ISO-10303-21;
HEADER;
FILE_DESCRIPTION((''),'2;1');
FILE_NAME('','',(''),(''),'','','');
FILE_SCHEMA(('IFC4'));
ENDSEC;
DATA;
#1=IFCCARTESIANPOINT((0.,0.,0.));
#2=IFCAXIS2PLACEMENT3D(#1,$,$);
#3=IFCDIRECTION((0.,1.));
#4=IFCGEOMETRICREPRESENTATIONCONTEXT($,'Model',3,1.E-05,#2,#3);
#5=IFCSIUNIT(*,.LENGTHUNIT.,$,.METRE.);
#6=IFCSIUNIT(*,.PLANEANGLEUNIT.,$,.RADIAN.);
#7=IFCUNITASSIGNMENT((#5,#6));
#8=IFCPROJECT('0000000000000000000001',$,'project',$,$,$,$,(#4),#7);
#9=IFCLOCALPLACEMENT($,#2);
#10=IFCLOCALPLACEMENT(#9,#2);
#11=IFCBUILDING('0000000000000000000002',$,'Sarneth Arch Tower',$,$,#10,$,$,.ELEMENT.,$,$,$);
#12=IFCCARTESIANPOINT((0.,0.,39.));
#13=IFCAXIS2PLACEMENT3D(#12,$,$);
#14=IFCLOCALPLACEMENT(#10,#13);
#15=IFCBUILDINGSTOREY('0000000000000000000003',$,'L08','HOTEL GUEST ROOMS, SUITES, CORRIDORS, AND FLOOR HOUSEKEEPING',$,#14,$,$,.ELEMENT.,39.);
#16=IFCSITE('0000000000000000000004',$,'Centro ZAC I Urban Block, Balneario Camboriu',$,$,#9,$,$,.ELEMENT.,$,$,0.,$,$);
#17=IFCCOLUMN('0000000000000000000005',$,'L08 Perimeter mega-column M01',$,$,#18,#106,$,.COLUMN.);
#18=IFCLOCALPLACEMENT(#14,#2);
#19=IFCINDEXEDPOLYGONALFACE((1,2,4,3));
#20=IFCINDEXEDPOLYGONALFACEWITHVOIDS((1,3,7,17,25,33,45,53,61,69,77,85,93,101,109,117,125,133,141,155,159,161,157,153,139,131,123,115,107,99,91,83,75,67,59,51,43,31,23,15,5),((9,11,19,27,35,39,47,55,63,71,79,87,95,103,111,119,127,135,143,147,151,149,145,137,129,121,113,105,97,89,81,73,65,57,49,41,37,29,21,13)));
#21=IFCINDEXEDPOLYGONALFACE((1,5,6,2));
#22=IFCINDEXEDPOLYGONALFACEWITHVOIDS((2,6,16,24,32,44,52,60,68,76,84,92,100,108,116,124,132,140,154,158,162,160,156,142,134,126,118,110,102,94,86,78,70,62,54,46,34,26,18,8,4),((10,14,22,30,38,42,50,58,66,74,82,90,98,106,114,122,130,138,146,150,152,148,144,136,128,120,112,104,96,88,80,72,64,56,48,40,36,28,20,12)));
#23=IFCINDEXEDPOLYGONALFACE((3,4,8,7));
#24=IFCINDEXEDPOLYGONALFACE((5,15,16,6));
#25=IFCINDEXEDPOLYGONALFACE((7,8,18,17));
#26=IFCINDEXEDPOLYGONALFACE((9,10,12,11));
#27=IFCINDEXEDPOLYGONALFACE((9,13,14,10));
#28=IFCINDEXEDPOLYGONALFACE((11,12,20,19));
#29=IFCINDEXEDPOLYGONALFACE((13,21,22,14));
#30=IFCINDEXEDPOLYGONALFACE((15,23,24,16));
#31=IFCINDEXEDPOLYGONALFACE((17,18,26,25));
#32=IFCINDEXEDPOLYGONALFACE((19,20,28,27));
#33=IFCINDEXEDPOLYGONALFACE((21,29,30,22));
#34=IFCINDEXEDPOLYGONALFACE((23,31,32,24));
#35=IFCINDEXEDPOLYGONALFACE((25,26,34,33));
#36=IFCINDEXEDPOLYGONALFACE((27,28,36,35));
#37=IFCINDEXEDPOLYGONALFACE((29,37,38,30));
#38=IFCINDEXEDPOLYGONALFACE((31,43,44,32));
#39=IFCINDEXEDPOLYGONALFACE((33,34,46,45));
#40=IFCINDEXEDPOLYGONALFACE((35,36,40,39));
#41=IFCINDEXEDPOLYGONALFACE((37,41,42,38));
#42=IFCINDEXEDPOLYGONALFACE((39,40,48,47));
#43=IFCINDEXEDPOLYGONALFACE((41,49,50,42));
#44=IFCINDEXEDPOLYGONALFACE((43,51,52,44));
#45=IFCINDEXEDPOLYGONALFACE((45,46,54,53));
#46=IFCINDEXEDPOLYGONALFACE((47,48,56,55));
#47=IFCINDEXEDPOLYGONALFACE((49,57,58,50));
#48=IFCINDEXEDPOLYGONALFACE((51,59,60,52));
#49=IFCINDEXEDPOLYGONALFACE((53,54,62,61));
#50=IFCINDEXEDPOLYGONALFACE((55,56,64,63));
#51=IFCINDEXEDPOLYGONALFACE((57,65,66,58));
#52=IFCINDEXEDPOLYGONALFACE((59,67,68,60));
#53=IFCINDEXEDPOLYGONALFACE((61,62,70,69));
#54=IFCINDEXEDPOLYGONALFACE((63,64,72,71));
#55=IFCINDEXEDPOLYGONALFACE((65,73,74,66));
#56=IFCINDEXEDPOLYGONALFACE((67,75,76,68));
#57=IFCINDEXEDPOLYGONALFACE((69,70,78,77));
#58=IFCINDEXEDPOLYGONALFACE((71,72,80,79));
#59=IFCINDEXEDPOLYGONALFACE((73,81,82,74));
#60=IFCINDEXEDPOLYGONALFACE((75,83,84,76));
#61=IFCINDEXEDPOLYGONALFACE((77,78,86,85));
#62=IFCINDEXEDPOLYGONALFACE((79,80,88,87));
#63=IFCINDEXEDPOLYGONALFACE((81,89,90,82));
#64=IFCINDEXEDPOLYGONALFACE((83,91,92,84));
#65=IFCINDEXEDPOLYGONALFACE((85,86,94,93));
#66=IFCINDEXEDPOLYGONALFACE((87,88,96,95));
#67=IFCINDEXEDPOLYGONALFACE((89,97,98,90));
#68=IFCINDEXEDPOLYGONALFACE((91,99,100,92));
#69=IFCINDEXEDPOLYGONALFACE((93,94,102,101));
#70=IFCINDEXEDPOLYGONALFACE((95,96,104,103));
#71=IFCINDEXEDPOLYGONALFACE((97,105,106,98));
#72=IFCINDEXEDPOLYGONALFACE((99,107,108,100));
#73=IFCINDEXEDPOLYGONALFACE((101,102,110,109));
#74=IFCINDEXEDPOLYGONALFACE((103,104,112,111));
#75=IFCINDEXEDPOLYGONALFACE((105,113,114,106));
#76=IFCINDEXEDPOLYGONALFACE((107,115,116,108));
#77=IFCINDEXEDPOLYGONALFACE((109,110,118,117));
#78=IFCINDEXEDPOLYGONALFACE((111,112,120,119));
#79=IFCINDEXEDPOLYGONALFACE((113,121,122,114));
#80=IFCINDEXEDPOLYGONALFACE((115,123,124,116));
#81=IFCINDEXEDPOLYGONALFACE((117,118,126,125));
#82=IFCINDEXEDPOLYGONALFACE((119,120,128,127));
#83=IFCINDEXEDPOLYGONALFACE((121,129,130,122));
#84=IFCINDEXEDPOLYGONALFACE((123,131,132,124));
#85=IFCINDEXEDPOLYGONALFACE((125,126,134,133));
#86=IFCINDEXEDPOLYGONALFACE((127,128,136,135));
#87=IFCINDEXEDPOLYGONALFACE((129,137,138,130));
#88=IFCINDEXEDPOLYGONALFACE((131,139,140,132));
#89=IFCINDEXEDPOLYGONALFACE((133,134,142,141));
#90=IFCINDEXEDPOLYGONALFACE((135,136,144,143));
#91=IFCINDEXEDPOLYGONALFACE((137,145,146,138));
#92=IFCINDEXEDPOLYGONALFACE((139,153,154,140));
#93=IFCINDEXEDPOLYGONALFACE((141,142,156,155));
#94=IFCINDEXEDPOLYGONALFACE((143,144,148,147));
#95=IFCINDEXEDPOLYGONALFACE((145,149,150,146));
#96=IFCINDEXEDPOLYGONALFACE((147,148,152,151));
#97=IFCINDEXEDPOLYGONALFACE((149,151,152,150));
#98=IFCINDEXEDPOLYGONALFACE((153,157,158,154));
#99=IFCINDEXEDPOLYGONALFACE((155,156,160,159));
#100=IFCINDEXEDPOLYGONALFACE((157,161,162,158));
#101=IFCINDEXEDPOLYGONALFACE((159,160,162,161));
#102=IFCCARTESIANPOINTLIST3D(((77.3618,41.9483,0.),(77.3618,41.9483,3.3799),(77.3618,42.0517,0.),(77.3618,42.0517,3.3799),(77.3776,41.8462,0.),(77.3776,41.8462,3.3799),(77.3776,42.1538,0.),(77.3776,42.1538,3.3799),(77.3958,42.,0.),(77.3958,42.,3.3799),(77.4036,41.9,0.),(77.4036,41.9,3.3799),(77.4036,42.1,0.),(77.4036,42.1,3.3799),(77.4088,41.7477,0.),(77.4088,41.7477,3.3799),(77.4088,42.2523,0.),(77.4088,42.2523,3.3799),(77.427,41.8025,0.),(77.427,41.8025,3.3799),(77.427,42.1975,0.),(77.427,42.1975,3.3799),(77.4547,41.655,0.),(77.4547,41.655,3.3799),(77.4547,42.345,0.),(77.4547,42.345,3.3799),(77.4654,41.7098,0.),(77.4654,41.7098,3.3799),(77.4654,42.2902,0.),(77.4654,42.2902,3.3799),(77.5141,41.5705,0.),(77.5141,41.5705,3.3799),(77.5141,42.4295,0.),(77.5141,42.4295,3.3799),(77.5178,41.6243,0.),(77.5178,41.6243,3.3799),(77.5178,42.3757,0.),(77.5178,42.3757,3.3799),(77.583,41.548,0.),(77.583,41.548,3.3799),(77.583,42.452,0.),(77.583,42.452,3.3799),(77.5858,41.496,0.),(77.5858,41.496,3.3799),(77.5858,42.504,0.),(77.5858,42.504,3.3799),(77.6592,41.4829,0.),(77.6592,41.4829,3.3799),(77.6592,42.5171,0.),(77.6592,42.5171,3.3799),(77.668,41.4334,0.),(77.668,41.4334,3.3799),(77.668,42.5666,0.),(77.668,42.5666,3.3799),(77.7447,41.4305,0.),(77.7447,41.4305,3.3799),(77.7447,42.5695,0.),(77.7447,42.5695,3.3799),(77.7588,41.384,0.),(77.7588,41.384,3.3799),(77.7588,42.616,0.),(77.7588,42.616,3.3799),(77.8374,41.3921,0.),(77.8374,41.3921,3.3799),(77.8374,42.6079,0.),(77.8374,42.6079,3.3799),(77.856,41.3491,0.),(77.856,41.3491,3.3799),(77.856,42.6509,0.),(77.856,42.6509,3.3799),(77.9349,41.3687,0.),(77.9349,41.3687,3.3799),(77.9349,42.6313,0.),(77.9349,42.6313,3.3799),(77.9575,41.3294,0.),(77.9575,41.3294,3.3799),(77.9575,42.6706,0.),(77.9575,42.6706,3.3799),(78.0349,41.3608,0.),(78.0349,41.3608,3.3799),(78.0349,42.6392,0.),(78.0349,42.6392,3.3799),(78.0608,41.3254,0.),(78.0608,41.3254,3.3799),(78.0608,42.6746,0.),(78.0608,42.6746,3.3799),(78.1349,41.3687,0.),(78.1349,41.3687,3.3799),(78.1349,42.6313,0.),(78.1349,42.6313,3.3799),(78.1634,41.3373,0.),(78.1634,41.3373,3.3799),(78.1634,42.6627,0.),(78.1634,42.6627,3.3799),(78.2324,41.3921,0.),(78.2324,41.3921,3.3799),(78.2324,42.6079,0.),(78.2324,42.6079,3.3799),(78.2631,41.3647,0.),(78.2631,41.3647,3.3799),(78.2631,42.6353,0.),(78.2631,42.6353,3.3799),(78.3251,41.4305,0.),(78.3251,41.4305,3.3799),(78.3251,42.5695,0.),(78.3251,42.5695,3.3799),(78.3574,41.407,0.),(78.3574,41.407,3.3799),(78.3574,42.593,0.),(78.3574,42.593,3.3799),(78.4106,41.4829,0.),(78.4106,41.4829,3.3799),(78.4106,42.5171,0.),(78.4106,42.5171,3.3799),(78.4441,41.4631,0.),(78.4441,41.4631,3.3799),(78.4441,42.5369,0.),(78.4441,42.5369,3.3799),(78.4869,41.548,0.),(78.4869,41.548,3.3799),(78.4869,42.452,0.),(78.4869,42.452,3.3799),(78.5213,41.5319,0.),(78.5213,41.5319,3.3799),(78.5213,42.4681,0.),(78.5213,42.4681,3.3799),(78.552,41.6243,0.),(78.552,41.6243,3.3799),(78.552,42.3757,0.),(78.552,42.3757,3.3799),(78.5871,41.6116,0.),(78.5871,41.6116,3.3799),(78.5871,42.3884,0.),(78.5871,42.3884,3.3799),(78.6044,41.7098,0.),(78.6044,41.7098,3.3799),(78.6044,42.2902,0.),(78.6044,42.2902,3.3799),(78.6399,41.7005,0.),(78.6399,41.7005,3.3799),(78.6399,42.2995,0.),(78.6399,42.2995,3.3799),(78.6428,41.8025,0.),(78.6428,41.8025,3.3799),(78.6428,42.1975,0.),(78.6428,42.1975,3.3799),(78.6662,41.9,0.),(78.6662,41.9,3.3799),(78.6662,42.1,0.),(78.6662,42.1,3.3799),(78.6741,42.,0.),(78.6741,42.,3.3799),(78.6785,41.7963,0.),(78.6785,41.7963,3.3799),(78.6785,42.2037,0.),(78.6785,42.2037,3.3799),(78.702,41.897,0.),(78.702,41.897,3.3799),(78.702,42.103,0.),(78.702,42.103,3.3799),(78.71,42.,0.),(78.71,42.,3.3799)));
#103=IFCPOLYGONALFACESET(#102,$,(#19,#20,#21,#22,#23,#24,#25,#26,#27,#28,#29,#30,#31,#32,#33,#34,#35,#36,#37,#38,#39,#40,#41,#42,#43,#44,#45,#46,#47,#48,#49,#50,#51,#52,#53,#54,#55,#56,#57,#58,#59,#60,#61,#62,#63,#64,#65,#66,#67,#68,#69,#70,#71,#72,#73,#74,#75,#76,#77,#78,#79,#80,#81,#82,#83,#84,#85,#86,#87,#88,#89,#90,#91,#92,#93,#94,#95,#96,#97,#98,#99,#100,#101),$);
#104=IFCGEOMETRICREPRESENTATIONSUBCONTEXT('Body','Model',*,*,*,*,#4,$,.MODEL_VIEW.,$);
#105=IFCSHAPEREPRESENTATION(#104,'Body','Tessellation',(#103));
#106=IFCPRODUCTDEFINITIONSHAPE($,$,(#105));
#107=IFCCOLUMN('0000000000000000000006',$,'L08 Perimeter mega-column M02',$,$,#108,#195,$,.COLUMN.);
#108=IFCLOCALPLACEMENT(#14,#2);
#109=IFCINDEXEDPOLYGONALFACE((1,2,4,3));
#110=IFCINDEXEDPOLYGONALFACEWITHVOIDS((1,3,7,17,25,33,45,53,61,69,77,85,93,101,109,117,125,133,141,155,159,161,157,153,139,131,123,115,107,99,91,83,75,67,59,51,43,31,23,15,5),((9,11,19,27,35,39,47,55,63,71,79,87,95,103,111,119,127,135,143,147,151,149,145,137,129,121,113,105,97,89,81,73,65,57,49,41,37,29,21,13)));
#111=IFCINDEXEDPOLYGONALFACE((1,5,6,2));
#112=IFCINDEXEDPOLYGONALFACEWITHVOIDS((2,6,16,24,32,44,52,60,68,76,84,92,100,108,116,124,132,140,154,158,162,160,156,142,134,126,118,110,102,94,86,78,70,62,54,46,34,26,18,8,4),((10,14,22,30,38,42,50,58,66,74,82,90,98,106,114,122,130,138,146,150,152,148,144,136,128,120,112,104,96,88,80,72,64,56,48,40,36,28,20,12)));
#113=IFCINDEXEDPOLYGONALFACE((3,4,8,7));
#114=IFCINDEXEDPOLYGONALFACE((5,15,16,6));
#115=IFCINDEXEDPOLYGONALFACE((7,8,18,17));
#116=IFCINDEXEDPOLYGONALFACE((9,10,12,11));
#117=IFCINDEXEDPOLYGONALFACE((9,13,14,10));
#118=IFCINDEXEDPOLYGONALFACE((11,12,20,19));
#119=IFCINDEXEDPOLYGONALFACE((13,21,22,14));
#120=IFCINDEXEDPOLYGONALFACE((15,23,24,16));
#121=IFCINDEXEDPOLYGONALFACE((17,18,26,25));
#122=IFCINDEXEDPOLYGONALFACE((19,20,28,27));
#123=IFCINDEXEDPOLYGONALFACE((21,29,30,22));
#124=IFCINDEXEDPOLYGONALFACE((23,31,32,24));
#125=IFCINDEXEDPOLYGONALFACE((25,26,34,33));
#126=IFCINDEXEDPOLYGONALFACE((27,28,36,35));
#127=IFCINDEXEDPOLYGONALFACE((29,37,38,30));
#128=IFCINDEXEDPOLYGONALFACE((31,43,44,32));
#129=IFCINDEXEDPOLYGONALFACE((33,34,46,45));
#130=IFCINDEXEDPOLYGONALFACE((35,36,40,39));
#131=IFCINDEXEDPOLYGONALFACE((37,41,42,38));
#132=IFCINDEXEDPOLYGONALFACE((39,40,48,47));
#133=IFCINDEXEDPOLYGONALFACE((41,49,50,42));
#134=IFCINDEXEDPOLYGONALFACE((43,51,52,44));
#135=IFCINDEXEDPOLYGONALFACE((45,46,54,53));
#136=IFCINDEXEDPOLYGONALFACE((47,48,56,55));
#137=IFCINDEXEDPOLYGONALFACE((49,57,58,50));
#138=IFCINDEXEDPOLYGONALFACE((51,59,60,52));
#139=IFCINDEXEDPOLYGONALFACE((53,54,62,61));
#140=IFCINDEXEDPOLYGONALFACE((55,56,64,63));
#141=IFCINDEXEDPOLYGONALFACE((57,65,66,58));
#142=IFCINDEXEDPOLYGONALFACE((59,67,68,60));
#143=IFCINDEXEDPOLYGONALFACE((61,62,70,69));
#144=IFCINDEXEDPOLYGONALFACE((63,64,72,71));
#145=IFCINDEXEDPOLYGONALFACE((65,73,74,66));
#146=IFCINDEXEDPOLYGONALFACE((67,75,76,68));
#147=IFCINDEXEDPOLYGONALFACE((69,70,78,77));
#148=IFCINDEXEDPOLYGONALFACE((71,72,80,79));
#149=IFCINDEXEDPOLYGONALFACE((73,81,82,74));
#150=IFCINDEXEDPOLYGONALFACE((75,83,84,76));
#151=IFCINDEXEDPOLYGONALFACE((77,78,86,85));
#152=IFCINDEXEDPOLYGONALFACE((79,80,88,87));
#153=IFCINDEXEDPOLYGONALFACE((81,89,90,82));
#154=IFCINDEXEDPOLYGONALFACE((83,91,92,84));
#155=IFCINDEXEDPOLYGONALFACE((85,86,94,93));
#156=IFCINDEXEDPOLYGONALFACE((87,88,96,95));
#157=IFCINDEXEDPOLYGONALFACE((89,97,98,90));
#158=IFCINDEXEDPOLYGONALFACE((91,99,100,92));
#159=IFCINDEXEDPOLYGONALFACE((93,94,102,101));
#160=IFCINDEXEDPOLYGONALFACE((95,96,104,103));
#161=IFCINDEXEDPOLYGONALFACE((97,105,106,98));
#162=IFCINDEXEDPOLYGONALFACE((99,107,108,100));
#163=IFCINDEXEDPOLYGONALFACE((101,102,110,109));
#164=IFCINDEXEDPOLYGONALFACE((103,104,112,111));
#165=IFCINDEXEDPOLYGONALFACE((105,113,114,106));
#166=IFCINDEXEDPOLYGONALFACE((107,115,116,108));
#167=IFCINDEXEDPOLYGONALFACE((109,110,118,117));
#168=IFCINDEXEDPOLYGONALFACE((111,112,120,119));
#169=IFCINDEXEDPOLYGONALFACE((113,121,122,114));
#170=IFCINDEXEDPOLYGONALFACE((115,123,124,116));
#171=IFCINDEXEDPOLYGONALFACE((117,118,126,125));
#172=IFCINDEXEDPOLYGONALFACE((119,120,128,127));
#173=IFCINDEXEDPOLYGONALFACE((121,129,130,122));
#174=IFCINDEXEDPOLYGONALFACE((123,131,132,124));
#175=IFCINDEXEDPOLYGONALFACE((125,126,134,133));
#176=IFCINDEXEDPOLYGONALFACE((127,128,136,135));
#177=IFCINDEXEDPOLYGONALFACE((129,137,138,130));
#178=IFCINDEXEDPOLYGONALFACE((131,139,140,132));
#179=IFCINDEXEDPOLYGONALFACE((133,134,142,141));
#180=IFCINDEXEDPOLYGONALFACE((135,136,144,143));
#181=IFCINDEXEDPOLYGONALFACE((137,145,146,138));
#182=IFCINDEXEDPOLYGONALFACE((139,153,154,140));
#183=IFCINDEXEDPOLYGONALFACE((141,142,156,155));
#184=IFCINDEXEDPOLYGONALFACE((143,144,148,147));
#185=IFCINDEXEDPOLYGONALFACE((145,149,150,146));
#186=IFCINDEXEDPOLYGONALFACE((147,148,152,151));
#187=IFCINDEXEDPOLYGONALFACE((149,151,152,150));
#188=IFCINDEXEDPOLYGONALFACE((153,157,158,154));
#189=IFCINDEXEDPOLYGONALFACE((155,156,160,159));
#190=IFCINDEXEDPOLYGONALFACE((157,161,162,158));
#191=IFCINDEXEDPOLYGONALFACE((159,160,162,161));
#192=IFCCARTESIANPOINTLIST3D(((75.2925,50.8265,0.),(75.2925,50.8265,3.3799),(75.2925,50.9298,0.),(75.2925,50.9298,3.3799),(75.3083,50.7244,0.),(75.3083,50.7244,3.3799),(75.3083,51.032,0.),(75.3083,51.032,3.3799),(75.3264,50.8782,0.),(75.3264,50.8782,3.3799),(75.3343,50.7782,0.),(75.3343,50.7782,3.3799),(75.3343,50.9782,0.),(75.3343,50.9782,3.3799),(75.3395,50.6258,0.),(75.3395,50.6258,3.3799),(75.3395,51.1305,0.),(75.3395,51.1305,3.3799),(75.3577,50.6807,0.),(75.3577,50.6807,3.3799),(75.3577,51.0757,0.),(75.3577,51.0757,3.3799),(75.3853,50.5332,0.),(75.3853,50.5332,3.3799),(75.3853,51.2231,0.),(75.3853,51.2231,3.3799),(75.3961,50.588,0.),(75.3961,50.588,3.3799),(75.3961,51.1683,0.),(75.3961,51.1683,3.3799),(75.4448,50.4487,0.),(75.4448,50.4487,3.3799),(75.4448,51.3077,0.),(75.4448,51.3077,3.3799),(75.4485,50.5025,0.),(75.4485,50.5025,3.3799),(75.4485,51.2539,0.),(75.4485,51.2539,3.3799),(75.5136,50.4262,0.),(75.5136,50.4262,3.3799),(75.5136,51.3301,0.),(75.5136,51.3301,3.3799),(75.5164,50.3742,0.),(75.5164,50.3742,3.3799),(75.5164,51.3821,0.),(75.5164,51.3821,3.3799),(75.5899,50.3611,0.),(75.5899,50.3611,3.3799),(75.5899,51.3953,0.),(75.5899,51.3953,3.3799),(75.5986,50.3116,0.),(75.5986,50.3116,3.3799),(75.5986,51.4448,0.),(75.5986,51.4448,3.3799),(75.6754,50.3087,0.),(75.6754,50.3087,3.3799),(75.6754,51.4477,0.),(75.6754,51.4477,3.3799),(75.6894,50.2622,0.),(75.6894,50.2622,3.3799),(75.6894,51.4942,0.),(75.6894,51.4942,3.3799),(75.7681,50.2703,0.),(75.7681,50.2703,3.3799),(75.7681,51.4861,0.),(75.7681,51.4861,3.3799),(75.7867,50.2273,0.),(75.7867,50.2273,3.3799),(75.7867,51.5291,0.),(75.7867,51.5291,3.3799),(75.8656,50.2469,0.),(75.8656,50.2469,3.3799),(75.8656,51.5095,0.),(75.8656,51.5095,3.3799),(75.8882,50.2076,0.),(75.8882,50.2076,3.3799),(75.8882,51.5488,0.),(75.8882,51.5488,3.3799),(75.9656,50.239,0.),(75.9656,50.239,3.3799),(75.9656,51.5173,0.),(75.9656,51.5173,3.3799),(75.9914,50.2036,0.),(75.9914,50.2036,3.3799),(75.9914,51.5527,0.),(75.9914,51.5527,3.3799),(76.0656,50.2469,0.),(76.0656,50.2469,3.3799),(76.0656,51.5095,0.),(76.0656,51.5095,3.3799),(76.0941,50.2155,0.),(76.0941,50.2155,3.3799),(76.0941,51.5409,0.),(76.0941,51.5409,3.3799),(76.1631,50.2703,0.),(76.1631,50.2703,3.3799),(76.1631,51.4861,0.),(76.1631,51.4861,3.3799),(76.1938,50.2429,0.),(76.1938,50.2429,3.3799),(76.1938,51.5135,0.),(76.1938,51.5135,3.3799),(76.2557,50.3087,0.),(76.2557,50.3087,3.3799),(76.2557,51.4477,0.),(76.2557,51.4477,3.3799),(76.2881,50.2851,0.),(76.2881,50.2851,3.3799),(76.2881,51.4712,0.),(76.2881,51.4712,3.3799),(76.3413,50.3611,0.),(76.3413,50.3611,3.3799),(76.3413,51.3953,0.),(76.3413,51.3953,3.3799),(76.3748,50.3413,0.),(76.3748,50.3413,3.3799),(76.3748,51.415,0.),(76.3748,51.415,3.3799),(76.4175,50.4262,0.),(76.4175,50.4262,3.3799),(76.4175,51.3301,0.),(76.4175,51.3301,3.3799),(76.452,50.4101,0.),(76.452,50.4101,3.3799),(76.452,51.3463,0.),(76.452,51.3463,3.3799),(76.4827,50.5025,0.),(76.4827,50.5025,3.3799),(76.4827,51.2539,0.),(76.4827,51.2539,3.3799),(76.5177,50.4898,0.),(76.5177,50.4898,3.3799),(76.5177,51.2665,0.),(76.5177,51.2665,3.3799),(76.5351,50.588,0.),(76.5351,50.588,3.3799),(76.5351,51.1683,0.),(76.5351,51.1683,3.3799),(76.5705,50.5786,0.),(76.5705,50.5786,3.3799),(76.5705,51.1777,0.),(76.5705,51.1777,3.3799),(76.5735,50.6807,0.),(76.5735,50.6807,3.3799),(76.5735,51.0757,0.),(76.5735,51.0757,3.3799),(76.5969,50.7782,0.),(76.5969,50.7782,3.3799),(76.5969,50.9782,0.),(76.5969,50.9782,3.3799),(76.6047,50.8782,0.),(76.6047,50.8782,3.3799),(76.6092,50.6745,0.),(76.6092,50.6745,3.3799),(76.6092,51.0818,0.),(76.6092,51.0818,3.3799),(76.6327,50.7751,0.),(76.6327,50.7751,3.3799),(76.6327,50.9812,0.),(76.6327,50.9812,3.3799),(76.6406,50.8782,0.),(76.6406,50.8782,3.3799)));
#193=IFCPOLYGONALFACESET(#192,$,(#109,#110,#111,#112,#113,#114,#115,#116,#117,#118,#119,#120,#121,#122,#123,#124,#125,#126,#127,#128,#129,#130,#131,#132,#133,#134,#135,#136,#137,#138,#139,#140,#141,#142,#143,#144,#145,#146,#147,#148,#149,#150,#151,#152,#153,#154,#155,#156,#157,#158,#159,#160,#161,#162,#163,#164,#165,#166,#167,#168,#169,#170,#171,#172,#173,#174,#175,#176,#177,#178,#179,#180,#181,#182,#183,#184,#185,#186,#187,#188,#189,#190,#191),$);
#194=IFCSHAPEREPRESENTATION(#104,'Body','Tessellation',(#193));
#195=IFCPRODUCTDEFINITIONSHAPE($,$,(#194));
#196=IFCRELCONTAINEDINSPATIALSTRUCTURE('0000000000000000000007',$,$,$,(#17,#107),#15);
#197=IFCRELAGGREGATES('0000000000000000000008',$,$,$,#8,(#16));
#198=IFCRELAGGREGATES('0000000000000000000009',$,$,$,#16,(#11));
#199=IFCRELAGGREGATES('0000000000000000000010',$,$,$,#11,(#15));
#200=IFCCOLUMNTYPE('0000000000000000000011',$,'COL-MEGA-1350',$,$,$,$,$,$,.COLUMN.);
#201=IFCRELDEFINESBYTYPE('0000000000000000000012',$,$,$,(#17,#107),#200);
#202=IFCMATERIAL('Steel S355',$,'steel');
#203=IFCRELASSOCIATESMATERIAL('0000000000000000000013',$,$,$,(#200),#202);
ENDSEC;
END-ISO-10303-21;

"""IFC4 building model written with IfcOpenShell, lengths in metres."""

from ifc_helpers import new_model, si_unit, direction, frame, origin, origin_2d, place, context, subcontext, project, spatial, hollow_circle, extrude, material, material_profile, profile_set, type_object, element, save


model = new_model("IFC4")

# Units and contexts
model_context = context("Model", 3, precision=1e-05, world=origin(), true_north=direction((0.0, 1.0)))
body_context = subcontext(model_context, "Body", "Model", "MODEL_VIEW")
ifc_project = project(units=[si_unit("LENGTHUNIT", "METRE"), si_unit("PLANEANGLEUNIT", "RADIAN")], contexts=[model_context])

# Site, building, storey
site_placement = place(None, origin())
site = spatial("IfcSite", under=ifc_project, at=site_placement, Name="Centro ZAC I Urban Block, Balneario Camboriu", CompositionType="ELEMENT", RefElevation=0.0)
building_placement = place(site_placement, origin())
building = spatial("IfcBuilding", under=site, at=building_placement, Name="Sarneth Arch Tower", CompositionType="ELEMENT")
storey_placement = place(building_placement, frame((0.0, 0.0, 39.0)))
storey = spatial("IfcBuildingStorey", under=building, at=storey_placement, Name="L08", Description="HOTEL GUEST ROOMS, SUITES, CORRIDORS, AND FLOOR HOUSEKEEPING", CompositionType="ELEMENT", Elevation=39.0)

# Columns
ifc_material_1 = material(Name="Steel S355", Category="steel")
ifc_material_profile_1 = material_profile(ifc_material_1, hollow_circle(Radius=0.675, WallThickness=0.0359, at=origin_2d()), Name="CHS1350x36")
ifc_profile_set_1 = profile_set([ifc_material_profile_1], Name="Steel S355")
column_type = type_object("IfcColumnType", Name="COL-MEGA-1350", PredefinedType="COLUMN", material=ifc_profile_set_1)
for number, where, z_axis, x_axis, name in (
    (1, (78.0349, 42.0, 0.0), (0.0, 0.0, 1.0), (1.0, 0.0, 0.0), "L08 Perimeter mega-column M01"),
    (2, (75.9656, 50.8782, 0.0), (0.0, 0.0, 1.0), (1.0, 0.0, 0.0), "L08 Perimeter mega-column M02"),
):
    element("IfcColumn", number, at=place(storey_placement, frame(where, z_axis=z_axis, x_axis=x_axis)), inside=storey, type_object=column_type, Name=name, PredefinedType="COLUMN", context=body_context, shape_type="SweptSolid", body=[
        extrude(hollow_circle(Radius=0.675, WallThickness=0.0359, at=origin_2d()), origin(), (0.0, 0.0, 1.0), 3.3799),
    ])

save(model, "model.ifc")
